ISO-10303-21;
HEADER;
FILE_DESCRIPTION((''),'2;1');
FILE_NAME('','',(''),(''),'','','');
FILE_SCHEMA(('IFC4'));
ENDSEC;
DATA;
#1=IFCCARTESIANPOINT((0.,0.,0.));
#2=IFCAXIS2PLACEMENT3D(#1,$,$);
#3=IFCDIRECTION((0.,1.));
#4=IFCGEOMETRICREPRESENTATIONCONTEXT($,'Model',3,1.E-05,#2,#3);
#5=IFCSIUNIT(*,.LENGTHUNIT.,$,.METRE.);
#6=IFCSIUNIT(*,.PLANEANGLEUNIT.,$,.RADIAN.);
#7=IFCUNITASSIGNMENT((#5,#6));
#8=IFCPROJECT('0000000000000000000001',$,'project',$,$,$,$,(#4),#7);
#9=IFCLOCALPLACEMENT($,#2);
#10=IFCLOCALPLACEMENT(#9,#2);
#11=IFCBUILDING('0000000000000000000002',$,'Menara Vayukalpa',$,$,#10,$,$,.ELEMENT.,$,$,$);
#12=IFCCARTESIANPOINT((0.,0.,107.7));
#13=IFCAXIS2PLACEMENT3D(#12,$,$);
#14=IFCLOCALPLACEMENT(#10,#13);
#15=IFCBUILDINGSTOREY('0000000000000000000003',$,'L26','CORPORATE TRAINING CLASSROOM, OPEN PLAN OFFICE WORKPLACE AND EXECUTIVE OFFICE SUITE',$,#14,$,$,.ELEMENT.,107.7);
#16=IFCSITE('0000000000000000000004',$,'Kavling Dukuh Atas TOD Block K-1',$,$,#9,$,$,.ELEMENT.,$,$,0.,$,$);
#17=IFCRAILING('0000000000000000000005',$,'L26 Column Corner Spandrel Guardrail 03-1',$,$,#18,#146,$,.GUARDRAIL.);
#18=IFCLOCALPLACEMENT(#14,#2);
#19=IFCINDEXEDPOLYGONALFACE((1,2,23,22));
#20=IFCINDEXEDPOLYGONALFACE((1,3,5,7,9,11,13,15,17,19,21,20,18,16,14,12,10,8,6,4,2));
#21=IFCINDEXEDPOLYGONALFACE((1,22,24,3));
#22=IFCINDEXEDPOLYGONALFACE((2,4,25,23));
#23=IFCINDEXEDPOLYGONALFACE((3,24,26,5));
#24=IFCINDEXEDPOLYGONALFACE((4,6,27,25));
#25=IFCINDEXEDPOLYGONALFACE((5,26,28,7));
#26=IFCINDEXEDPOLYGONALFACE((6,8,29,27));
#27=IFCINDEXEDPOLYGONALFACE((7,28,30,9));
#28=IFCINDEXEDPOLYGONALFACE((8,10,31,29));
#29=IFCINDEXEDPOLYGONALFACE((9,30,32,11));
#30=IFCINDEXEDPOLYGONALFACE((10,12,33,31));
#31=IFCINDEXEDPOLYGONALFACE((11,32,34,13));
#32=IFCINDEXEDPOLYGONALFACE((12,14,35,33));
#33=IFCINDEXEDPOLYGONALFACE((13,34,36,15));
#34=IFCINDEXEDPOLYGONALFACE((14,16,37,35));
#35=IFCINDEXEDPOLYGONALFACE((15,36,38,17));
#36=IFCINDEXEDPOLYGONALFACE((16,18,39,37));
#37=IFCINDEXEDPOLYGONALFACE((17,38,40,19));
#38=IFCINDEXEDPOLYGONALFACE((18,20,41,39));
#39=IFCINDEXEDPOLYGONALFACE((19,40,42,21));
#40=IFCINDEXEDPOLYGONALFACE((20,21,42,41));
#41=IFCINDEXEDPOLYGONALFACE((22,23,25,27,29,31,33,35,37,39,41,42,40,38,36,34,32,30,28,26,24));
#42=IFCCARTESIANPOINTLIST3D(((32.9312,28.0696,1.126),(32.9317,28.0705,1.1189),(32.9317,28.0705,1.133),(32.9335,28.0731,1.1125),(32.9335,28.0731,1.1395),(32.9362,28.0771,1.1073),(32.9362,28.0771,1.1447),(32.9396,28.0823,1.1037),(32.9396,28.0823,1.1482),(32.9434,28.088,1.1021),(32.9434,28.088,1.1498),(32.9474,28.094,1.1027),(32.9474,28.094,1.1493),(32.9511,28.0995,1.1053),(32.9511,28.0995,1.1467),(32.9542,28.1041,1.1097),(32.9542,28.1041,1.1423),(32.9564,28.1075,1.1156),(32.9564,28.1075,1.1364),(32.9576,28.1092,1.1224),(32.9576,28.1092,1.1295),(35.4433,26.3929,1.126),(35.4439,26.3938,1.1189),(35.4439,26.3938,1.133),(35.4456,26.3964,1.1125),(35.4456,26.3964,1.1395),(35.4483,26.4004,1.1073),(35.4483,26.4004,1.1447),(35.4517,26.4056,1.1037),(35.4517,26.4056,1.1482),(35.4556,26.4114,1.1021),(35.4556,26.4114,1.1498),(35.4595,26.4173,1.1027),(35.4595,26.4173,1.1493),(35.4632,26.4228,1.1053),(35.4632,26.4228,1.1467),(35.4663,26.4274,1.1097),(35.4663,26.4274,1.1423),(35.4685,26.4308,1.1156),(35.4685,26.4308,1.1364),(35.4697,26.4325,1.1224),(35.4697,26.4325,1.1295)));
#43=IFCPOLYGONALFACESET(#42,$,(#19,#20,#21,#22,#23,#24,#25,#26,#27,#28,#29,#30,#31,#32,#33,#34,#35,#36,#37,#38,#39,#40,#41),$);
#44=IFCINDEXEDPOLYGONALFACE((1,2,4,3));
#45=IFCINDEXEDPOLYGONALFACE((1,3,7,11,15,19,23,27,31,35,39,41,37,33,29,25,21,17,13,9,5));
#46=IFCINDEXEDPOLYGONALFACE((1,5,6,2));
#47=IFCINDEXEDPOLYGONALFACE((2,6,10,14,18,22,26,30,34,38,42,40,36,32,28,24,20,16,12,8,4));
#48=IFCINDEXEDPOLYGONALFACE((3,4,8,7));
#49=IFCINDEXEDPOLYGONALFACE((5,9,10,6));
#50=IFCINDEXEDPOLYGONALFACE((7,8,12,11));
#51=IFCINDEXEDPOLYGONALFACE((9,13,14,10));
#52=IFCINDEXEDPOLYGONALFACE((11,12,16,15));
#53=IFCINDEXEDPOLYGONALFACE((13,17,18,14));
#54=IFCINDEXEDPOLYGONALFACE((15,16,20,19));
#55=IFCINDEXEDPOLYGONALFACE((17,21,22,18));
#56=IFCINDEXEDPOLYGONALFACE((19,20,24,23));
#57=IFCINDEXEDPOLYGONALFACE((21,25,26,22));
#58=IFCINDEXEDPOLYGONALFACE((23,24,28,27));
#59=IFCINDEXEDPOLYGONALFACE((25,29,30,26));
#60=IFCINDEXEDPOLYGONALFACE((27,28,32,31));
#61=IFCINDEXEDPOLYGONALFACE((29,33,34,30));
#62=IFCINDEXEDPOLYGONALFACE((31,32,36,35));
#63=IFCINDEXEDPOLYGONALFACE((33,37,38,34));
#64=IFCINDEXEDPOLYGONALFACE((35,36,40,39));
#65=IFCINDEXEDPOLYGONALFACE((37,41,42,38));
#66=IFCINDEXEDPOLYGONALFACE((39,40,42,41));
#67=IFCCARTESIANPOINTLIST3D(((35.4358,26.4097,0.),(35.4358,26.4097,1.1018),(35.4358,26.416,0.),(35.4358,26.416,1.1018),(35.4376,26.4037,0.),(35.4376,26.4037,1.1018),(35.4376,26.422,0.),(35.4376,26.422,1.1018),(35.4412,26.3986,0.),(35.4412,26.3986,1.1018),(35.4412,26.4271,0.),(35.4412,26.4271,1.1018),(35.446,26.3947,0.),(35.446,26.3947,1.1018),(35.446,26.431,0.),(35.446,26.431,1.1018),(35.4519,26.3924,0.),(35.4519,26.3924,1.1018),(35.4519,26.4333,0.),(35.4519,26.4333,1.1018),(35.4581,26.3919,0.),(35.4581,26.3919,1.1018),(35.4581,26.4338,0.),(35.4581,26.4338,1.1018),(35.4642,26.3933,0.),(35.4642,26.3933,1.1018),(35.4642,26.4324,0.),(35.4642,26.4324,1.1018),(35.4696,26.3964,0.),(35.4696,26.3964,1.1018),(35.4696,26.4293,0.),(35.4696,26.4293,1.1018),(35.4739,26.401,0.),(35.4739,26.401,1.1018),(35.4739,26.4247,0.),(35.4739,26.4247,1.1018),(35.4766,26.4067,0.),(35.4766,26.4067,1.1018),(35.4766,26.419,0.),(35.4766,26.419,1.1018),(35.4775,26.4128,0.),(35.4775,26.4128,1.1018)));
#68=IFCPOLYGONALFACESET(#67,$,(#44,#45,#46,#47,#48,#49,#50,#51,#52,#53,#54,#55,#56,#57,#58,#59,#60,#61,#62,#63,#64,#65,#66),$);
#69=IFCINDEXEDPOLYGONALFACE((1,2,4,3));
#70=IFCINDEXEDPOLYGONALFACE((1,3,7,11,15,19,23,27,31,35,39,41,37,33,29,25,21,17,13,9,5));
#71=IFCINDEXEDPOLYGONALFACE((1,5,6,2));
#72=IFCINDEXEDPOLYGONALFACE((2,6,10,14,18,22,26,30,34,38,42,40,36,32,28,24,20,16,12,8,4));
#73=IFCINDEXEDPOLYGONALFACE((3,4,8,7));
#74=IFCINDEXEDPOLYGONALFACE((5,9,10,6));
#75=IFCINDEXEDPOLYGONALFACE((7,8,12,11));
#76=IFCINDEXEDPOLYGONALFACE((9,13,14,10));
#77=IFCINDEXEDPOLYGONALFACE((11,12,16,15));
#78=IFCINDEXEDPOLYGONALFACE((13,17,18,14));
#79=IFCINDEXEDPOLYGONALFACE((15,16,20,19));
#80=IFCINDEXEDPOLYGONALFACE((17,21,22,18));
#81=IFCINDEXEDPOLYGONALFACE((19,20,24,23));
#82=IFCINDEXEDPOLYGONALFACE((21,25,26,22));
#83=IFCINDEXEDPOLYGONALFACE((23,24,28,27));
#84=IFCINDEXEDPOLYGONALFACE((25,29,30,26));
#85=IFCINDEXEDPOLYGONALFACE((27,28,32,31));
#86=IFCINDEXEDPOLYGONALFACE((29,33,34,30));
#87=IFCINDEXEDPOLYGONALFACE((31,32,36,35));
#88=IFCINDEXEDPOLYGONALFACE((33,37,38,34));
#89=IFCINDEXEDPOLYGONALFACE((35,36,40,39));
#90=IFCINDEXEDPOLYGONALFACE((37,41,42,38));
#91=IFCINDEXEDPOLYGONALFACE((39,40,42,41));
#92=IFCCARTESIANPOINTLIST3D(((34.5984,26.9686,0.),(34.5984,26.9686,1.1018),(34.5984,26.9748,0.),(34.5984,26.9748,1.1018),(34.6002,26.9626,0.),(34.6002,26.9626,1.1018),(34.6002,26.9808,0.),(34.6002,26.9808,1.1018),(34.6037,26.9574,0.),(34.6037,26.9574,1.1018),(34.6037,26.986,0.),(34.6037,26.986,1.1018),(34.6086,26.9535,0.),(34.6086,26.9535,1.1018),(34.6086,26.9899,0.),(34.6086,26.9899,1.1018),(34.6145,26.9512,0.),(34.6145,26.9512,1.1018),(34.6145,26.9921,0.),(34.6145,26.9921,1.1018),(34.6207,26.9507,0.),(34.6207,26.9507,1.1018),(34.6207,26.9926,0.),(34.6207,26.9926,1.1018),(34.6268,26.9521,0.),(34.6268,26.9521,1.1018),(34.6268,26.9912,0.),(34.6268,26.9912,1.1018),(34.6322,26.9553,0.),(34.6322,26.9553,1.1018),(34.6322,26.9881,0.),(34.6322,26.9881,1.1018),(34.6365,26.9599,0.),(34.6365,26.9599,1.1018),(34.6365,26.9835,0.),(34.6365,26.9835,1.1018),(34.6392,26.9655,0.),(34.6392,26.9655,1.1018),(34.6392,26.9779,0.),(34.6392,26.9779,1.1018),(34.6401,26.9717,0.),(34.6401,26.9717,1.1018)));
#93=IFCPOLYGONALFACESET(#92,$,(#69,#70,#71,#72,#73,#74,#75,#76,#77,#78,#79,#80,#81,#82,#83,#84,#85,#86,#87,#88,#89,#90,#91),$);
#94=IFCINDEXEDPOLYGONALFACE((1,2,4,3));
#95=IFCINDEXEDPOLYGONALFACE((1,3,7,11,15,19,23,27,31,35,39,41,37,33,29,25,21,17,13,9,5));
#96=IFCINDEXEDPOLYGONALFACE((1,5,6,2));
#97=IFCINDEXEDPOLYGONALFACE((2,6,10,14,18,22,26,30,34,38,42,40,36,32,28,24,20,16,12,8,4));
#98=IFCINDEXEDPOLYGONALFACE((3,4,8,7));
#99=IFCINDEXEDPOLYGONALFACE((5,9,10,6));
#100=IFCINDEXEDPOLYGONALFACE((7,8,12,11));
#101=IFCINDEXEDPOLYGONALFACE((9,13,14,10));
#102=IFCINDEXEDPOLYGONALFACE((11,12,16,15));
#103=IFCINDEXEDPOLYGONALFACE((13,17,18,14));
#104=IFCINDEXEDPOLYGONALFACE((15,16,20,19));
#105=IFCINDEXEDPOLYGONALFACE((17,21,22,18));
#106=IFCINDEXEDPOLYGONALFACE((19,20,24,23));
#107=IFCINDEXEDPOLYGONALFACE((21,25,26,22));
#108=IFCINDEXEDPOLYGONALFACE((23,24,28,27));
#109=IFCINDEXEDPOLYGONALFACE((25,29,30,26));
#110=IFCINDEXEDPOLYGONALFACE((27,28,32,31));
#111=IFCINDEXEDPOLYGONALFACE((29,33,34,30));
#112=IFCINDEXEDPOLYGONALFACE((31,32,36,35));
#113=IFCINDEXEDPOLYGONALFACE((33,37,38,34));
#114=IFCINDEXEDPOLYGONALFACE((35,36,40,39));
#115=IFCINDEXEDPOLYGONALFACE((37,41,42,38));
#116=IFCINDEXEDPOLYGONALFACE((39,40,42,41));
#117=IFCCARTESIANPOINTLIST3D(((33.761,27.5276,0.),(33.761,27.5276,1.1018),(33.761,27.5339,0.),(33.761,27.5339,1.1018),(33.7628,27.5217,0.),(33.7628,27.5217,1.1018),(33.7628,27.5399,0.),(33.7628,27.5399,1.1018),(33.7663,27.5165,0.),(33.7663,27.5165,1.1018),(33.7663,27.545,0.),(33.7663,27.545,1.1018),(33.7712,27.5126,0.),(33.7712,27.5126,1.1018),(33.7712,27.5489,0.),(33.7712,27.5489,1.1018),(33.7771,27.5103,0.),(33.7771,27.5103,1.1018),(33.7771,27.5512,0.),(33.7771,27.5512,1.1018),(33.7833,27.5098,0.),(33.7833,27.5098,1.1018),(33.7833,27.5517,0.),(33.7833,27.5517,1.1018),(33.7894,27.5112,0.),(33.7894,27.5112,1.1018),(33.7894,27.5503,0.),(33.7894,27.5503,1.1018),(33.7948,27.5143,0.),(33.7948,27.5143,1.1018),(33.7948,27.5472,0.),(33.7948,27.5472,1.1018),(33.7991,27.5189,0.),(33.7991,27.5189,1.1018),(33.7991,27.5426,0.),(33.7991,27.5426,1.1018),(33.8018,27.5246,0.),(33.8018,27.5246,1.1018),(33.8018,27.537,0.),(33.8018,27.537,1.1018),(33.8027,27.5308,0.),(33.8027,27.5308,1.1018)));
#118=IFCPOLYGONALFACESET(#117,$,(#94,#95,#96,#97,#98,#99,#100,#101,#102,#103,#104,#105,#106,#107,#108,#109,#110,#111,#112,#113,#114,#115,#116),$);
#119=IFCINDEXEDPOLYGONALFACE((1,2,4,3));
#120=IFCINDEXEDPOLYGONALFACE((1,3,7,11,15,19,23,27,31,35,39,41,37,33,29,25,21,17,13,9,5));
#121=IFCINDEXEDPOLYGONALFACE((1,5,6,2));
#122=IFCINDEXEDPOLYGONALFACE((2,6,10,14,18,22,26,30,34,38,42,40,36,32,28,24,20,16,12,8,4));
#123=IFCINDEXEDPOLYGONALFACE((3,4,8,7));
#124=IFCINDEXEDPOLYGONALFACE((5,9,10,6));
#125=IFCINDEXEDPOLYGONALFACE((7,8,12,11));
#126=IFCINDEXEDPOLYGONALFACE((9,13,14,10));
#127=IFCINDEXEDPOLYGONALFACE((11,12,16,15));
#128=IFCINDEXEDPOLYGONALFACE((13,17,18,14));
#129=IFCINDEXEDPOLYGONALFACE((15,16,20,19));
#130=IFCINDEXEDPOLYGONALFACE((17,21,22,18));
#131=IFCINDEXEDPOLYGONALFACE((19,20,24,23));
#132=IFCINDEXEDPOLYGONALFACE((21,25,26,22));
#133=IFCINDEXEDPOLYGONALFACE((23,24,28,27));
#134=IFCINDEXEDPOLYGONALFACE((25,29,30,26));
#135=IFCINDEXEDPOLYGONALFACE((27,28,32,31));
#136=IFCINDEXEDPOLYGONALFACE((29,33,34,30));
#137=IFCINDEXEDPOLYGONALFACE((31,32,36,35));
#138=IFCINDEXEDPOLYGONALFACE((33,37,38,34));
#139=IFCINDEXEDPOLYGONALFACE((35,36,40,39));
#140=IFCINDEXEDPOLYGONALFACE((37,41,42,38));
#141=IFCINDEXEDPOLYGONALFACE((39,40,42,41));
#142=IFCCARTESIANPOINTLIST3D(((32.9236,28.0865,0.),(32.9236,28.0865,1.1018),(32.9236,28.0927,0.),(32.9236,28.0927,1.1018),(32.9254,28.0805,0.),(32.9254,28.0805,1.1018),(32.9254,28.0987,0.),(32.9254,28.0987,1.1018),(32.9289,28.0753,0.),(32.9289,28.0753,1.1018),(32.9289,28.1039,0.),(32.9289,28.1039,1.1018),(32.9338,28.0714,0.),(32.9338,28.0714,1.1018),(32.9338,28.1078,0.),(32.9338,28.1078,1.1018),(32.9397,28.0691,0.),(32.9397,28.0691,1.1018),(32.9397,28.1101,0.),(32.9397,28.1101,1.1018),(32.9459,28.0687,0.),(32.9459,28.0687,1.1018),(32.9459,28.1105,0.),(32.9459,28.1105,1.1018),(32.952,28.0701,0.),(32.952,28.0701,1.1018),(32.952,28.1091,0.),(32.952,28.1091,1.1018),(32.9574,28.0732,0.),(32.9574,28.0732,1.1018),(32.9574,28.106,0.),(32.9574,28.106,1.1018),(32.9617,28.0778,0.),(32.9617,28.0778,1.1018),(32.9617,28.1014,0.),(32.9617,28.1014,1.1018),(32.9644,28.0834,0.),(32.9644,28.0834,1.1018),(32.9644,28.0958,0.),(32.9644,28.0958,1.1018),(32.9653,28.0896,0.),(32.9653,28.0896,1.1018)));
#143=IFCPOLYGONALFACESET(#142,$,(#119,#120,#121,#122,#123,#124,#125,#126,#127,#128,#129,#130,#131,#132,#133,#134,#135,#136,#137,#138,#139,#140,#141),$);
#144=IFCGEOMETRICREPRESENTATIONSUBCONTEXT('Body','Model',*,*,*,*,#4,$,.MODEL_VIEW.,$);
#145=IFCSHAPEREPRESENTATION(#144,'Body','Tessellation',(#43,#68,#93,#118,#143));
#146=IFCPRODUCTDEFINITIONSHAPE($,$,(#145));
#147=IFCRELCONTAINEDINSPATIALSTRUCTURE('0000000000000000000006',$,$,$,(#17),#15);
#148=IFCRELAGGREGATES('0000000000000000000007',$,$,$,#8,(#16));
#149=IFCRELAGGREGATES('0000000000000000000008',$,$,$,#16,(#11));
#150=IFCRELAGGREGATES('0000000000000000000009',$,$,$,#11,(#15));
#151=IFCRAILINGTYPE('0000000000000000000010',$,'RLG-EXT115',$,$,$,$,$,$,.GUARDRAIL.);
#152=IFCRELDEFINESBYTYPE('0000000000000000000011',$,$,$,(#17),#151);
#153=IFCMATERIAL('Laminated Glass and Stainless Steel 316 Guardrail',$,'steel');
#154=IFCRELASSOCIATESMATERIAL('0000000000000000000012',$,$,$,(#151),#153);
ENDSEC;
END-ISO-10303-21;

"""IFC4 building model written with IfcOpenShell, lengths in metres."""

from ifc_helpers import new_model, si_unit, direction, frame, origin, origin_2d, place, context, subcontext, project, spatial, circle, extrude, material, type_object, element, save


model = new_model("IFC4")

# Units and contexts
model_context = context("Model", 3, precision=1e-05, world=origin(), true_north=direction((0.0, 1.0)))
body_context = subcontext(model_context, "Body", "Model", "MODEL_VIEW")
ifc_project = project(units=[si_unit("LENGTHUNIT", "METRE"), si_unit("PLANEANGLEUNIT", "RADIAN")], contexts=[model_context])

# Site, building, storey
site_placement = place(None, origin())
site = spatial("IfcSite", under=ifc_project, at=site_placement, Name="Kavling Dukuh Atas TOD Block K-1", CompositionType="ELEMENT", RefElevation=0.0)
building_placement = place(site_placement, origin())
building = spatial("IfcBuilding", under=site, at=building_placement, Name="Menara Vayukalpa", CompositionType="ELEMENT")
storey_placement = place(building_placement, frame((0.0, 0.0, 107.7)))
storey = spatial("IfcBuildingStorey", under=building, at=storey_placement, Name="L26", Description="CORPORATE TRAINING CLASSROOM, OPEN PLAN OFFICE WORKPLACE AND EXECUTIVE OFFICE SUITE", CompositionType="ELEMENT", Elevation=107.7)

# Railing
ifc_material_1 = material(Name="Laminated Glass and Stainless Steel 316 Guardrail", Category="steel")
railing_type_1 = type_object("IfcRailingType", Name="RLG-EXT115", PredefinedType="GUARDRAIL", material=ifc_material_1)
railing_1_placement = place(storey_placement, frame((35.4565, 26.4128, 0.0)))
element("IfcRailing", 1, at=railing_1_placement, inside=storey, type_object=railing_type_1, Name="L26 Column Corner Spandrel Guardrail 03-1", PredefinedType="GUARDRAIL", context=body_context, shape_type="SweptSolid", body=[
    extrude(circle(Radius=0.0239, at=origin_2d()), frame((0.0, 0.0, 1.126), z_axis=(-0.831752, 0.555148, 0.0), x_axis=(-0.555148, -0.831752, 0.0)), (0.0, 0.0, 1.0), 3.0203),
    extrude(circle(Radius=0.021, at=origin_2d()), origin(), (0.0, 0.0, 1.0), 1.1018),
    extrude(circle(Radius=0.021, at=origin_2d()), frame((-0.8374, 0.5588, 0.0)), (0.0, 0.0, 1.0), 1.1018),
    extrude(circle(Radius=0.021, at=origin_2d()), frame((-1.6748, 1.1179, 0.0)), (0.0, 0.0, 1.0), 1.1018),
    extrude(circle(Radius=0.021, at=origin_2d()), frame((-2.5122, 1.6768, 0.0)), (0.0, 0.0, 1.0), 1.1018),
])

save(model, "model.ifc")
